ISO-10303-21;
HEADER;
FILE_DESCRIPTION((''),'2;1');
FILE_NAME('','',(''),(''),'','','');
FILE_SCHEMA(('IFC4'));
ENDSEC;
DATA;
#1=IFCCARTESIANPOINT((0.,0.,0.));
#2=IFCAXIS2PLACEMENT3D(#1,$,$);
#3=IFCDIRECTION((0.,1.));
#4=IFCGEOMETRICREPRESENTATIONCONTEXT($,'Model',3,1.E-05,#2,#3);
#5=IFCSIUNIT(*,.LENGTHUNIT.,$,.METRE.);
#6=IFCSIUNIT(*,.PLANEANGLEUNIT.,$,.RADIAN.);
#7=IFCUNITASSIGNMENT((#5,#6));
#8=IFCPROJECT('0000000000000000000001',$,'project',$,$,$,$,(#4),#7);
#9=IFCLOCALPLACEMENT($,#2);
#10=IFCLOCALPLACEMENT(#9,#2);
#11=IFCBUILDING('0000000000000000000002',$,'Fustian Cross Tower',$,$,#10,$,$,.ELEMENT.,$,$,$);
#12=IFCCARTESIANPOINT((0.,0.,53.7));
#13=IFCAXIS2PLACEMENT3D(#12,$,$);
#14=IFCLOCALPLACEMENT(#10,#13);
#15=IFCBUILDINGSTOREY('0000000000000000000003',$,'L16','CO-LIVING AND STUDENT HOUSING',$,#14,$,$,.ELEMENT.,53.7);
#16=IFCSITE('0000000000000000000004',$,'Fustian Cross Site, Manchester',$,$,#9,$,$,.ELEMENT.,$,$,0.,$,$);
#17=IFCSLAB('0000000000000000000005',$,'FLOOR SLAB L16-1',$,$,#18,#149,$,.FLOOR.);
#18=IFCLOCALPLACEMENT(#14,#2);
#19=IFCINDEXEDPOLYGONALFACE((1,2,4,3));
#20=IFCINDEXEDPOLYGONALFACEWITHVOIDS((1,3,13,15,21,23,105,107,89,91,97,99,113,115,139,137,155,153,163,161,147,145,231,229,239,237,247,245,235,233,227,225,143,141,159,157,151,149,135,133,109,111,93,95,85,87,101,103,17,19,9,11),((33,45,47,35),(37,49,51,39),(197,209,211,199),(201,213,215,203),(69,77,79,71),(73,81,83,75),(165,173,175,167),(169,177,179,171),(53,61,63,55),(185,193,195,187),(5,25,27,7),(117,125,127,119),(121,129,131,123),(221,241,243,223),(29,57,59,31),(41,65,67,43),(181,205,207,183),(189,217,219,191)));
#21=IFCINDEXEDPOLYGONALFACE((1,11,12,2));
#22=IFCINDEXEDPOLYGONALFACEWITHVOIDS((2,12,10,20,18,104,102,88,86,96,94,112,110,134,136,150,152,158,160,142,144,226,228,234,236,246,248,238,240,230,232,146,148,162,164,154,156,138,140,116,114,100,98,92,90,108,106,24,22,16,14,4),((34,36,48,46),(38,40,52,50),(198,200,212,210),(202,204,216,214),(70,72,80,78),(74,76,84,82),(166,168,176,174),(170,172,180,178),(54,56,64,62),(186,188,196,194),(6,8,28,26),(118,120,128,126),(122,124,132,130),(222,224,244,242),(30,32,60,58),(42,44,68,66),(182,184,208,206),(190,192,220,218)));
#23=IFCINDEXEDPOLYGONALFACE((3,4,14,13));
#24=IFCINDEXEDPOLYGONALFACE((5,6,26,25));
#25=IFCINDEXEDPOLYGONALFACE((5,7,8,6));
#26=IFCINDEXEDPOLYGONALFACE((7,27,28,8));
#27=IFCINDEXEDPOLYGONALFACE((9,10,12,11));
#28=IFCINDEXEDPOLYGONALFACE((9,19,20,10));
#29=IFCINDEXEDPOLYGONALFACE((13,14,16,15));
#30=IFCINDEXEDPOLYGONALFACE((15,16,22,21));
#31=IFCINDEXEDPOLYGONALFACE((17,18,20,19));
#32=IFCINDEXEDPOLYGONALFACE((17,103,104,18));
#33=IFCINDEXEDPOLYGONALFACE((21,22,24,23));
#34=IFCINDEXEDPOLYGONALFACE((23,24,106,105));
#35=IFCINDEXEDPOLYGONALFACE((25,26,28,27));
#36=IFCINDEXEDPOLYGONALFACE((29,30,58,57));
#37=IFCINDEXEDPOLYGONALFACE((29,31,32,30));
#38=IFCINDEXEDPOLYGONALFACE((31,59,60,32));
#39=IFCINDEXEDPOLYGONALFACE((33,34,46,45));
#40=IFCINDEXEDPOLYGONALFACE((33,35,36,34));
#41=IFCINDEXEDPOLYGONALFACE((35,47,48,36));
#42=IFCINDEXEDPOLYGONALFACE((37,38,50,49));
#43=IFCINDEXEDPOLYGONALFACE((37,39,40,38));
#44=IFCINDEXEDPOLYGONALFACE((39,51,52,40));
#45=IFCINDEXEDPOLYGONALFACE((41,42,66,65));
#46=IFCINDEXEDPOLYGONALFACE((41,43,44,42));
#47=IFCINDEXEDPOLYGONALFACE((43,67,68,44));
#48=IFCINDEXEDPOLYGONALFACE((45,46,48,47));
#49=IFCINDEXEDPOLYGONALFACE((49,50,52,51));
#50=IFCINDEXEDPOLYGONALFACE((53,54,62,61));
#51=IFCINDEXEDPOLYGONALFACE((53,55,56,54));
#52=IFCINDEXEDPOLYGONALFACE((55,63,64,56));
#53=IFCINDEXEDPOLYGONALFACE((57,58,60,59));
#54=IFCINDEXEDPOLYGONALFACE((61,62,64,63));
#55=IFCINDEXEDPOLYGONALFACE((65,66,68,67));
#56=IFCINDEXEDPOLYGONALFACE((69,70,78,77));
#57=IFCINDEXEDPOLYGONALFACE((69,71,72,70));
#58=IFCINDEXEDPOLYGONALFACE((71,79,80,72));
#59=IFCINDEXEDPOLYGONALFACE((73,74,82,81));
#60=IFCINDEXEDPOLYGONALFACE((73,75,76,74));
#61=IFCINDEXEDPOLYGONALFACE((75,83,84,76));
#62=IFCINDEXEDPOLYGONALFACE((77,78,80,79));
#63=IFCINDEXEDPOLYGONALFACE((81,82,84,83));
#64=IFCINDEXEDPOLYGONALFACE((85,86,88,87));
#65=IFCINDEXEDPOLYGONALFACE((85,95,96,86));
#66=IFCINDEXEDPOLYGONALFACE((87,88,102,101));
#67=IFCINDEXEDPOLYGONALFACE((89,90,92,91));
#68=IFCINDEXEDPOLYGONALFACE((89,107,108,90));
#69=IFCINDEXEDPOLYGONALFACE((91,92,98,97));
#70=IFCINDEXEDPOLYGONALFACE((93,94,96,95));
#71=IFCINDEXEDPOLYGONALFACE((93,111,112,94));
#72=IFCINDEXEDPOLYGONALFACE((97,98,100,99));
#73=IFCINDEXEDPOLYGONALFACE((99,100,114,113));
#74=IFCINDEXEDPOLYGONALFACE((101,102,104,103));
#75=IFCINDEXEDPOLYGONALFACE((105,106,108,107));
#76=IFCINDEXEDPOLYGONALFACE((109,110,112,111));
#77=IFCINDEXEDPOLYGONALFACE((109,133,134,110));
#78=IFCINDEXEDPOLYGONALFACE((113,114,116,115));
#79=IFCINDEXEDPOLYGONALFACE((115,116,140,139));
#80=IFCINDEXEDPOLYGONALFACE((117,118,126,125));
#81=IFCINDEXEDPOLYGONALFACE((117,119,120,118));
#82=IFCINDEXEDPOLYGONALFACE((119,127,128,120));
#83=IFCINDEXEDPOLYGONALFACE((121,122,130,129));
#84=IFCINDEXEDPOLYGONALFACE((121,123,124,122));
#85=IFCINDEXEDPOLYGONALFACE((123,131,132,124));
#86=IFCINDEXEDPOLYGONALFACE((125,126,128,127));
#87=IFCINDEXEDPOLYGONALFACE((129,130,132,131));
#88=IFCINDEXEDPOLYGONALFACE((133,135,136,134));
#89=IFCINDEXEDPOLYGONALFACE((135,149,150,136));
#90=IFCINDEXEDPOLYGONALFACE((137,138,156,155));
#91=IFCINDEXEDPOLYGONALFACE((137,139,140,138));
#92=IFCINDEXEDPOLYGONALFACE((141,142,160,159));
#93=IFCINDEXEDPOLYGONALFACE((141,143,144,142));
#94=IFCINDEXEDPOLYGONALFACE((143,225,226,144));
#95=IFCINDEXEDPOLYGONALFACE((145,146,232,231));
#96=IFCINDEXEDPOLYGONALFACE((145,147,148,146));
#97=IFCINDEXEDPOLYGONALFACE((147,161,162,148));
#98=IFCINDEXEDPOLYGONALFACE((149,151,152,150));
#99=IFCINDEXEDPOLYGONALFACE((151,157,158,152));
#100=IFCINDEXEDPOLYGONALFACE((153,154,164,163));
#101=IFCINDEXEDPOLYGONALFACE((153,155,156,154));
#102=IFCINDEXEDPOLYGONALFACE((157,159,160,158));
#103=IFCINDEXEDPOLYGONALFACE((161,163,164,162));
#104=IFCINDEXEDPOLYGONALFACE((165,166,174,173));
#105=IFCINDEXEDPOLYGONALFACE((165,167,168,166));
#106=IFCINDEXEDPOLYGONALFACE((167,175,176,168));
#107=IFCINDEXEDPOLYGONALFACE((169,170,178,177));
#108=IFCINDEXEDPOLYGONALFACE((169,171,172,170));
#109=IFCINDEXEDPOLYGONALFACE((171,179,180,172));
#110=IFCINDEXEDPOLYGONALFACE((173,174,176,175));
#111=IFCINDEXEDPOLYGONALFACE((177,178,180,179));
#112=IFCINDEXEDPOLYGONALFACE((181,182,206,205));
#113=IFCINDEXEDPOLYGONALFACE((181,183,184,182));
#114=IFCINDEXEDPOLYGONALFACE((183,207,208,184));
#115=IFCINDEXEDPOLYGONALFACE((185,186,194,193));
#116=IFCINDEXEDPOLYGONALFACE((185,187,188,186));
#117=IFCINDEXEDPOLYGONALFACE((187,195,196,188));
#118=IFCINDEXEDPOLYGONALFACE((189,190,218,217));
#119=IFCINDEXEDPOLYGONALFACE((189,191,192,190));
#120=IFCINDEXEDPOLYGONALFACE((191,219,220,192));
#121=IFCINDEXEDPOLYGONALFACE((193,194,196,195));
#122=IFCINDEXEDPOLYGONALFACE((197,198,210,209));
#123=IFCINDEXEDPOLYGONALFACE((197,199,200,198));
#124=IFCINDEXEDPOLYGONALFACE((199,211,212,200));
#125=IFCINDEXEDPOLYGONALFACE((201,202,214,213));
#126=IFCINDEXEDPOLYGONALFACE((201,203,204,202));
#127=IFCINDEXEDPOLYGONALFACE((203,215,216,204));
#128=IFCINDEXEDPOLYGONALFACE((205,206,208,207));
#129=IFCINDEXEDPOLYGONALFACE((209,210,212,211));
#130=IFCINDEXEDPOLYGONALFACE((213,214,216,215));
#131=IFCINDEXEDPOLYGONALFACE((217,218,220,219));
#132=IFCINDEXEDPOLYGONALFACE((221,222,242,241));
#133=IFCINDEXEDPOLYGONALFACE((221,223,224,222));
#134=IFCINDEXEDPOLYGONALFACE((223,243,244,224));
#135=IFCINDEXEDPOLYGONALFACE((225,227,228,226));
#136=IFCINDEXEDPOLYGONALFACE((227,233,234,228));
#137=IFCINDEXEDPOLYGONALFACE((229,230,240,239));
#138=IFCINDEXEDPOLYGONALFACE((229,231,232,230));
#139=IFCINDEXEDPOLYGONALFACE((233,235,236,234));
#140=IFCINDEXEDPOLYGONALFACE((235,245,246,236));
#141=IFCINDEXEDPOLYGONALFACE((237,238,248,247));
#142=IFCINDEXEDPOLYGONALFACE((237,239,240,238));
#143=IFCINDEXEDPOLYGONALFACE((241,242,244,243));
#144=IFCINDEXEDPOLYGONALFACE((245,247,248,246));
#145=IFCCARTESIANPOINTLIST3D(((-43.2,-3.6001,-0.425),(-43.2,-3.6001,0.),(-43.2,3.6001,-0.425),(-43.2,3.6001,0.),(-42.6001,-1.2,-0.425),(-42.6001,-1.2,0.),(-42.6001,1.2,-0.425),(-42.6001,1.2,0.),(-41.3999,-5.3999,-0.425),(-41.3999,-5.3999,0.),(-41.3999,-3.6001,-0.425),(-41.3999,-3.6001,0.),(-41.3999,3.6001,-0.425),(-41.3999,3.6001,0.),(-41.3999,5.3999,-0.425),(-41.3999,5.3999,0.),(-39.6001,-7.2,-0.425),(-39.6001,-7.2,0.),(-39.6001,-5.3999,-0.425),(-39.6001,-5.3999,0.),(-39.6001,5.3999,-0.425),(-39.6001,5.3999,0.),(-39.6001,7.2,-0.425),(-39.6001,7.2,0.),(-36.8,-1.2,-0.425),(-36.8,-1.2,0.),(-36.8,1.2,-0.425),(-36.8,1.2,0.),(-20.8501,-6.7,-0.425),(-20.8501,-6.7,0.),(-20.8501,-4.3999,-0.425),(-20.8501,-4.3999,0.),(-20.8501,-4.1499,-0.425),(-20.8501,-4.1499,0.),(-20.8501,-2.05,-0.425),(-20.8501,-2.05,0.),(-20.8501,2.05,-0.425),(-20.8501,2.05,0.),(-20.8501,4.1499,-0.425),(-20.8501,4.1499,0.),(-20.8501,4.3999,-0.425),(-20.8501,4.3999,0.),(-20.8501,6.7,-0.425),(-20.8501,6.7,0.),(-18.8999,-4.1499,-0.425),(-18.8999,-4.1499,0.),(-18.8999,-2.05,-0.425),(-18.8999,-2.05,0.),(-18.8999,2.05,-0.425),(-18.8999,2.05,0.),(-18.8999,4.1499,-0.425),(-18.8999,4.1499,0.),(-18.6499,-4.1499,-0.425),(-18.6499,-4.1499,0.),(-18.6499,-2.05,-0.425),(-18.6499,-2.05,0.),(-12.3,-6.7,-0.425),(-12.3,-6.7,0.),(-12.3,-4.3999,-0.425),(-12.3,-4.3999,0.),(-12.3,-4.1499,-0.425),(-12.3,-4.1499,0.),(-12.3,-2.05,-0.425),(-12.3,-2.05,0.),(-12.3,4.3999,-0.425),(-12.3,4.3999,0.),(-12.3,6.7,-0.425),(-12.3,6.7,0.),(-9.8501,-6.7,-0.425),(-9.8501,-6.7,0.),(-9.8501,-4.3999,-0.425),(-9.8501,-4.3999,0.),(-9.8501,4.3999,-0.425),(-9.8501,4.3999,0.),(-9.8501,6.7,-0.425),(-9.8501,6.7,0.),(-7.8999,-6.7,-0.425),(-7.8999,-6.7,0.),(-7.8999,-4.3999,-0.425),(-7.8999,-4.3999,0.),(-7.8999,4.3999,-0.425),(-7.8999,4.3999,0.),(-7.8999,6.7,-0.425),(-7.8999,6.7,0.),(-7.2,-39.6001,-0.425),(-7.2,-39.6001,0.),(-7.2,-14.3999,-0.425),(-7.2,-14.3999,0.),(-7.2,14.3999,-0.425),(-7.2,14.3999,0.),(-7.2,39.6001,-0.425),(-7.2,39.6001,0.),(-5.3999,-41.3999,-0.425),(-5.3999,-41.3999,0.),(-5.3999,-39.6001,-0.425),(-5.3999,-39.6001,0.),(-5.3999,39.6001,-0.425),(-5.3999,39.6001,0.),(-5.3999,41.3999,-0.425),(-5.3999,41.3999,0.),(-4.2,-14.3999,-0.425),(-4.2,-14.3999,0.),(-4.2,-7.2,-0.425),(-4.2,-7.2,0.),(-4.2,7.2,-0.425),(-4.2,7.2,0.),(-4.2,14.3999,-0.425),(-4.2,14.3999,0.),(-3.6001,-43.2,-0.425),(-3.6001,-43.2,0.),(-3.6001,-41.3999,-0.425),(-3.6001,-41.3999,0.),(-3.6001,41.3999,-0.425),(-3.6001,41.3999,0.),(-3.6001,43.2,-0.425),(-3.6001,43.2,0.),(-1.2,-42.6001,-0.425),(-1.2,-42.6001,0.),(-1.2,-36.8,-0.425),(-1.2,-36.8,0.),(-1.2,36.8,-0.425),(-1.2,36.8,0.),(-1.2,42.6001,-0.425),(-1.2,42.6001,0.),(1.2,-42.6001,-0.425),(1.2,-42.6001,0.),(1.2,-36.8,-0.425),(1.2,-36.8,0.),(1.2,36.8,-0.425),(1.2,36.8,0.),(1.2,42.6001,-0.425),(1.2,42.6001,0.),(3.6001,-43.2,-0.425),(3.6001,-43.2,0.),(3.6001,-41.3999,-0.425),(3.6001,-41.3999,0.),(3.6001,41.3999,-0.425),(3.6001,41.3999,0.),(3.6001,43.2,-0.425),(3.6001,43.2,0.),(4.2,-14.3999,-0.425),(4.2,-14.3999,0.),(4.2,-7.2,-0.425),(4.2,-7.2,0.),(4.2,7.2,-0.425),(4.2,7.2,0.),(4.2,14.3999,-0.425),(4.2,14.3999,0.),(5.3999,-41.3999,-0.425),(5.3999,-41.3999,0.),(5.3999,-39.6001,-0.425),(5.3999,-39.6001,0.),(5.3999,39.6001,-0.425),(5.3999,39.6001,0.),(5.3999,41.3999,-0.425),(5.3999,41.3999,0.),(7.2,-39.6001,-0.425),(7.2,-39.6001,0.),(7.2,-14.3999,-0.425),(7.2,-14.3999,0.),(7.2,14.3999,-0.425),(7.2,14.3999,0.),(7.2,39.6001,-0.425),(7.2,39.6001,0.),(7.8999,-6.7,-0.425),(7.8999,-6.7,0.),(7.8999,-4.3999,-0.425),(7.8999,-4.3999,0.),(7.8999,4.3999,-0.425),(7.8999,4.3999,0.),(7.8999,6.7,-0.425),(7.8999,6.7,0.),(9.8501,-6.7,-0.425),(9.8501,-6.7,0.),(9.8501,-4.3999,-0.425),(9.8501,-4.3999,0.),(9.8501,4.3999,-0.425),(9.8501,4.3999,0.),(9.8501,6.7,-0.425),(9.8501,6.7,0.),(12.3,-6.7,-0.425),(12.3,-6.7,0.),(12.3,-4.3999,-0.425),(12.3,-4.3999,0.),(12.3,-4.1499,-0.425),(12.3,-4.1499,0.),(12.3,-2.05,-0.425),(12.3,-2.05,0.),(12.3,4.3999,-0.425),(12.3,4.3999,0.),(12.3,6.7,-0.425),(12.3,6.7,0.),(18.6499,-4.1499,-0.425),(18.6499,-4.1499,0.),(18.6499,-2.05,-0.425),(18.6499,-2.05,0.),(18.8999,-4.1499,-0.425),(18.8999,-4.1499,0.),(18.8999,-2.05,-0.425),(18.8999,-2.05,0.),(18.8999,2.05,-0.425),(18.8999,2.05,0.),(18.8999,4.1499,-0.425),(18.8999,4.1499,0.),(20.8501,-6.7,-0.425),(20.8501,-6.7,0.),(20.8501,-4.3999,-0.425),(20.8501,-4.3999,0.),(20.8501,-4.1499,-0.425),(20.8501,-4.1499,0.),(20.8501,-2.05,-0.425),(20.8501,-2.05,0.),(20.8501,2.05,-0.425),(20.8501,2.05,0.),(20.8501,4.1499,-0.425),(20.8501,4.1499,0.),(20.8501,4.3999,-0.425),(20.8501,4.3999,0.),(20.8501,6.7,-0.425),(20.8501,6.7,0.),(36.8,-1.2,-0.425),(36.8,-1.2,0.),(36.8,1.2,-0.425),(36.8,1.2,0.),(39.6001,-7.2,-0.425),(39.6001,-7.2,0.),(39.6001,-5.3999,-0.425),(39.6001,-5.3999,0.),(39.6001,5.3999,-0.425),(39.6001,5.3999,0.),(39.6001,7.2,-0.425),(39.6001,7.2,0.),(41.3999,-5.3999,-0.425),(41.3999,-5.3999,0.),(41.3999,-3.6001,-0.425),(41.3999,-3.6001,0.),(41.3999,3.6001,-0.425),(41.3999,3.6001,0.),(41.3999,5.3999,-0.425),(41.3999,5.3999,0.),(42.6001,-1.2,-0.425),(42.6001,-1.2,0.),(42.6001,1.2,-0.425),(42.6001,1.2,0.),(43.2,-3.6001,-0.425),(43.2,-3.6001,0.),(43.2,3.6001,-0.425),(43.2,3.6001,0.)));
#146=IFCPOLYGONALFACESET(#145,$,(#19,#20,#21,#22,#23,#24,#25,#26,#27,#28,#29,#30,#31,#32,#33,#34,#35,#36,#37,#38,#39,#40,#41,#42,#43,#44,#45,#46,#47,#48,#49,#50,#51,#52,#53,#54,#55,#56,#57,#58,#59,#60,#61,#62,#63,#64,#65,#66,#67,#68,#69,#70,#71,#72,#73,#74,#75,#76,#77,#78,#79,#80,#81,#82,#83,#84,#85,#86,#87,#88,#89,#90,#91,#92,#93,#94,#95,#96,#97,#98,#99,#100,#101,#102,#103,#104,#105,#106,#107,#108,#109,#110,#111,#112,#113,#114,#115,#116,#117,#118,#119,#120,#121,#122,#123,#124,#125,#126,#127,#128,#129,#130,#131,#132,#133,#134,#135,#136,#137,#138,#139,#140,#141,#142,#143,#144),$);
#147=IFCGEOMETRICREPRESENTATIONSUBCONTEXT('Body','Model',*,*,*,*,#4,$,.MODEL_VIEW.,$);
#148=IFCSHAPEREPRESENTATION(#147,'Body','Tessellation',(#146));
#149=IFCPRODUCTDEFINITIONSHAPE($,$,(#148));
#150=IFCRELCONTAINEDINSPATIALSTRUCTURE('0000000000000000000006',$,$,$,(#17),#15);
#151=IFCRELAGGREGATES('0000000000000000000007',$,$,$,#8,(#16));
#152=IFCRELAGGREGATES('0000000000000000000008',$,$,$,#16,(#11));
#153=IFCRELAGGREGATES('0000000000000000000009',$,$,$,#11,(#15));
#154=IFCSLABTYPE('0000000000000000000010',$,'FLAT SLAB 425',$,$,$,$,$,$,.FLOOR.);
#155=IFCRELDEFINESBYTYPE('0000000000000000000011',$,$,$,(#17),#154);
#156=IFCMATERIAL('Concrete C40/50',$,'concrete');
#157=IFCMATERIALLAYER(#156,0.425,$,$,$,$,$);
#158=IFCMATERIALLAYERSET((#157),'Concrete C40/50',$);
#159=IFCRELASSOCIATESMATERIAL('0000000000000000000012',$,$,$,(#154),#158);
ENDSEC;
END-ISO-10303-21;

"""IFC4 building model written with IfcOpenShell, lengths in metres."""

from ifc_helpers import new_model, si_unit, direction, frame, origin, place, context, subcontext, project, spatial, polyline, outline, extrude, material, layer, layer_set, type_object, element, save


model = new_model("IFC4")

# Units and contexts
model_context = context("Model", 3, precision=1e-05, world=origin(), true_north=direction((0.0, 1.0)))
body_context = subcontext(model_context, "Body", "Model", "MODEL_VIEW")
ifc_project = project(units=[si_unit("LENGTHUNIT", "METRE"), si_unit("PLANEANGLEUNIT", "RADIAN")], contexts=[model_context])

# Site, building, storey
site_placement = place(None, origin())
site = spatial("IfcSite", under=ifc_project, at=site_placement, Name="Fustian Cross Site, Manchester", CompositionType="ELEMENT", RefElevation=0.0)
building_placement = place(site_placement, origin())
building = spatial("IfcBuilding", under=site, at=building_placement, Name="Fustian Cross Tower", CompositionType="ELEMENT")
storey_placement = place(building_placement, frame((0.0, 0.0, 53.7)))
storey = spatial("IfcBuildingStorey", under=building, at=storey_placement, Name="L16", Description="CO-LIVING AND STUDENT HOUSING", CompositionType="ELEMENT", Elevation=53.7)

# Slab
ifc_material_1 = material(Name="Concrete C40/50", Category="concrete")
ifc_layer_1 = layer(ifc_material_1, 0.425)
ifc_layer_set_1 = layer_set([ifc_layer_1], Name="Concrete C40/50")
slab_type_1 = type_object("IfcSlabType", Name="FLAT SLAB 425", PredefinedType="FLOOR", material=ifc_layer_set_1)
slab_1_placement = place(storey_placement, frame((0.0, 0.0, -0.425)))
element("IfcSlab", 1, at=slab_1_placement, inside=storey, type_object=slab_type_1, Name="FLOOR SLAB L16-1", PredefinedType="FLOOR", context=body_context, shape_type="SweptSolid", body=[
    extrude(outline(polyline([(-4.2, -7.2), (-39.6001, -7.2), (-39.6001, -5.3999), (-41.3999, -5.3999), (-41.3999, -3.6001), (-43.2, -3.6001), (-43.2, 3.6001), (-41.3999, 3.6001), (-41.3999, 5.3999), (-39.6001, 5.3999), (-39.6001, 7.2), (-4.2, 7.2), (-4.2, 14.3999), (-7.2, 14.3999), (-7.2, 39.6001), (-5.3999, 39.6001), (-5.3999, 41.3999), (-3.6001, 41.3999), (-3.6001, 43.2), (3.6001, 43.2), (3.6001, 41.3999), (5.3999, 41.3999), (5.3999, 39.6001), (7.2, 39.6001), (7.2, 14.3999), (4.2, 14.3999), (4.2, 7.2), (39.6001, 7.2), (39.6001, 5.3999), (41.3999, 5.3999), (41.3999, 3.6001), (43.2, 3.6001), (43.2, -3.6001), (41.3999, -3.6001), (41.3999, -5.3999), (39.6001, -5.3999), (39.6001, -7.2), (4.2, -7.2), (4.2, -14.3999), (7.2, -14.3999), (7.2, -39.6001), (5.3999, -39.6001), (5.3999, -41.3999), (3.6001, -41.3999), (3.6001, -43.2), (-3.6001, -43.2), (-3.6001, -41.3999), (-5.3999, -41.3999), (-5.3999, -39.6001), (-7.2, -39.6001), (-7.2, -14.3999), (-4.2, -14.3999), (-4.2, -7.2)]), holes=[polyline([(18.8999, -2.05), (18.8999, -4.1499), (20.8501, -4.1499), (20.8501, -2.05), (18.8999, -2.05)]), polyline([(20.8501, 4.1499), (18.8999, 4.1499), (18.8999, 2.05), (20.8501, 2.05), (20.8501, 4.1499)]), polyline([(9.8501, 4.3999), (9.8501, 6.7), (7.8999, 6.7), (7.8999, 4.3999), (9.8501, 4.3999)]), polyline([(7.8999, -6.7), (9.8501, -6.7), (9.8501, -4.3999), (7.8999, -4.3999), (7.8999, -6.7)]), polyline([(-20.8501, -2.05), (-20.8501, -4.1499), (-18.8999, -4.1499), (-18.8999, -2.05), (-20.8501, -2.05)]), polyline([(-18.8999, 4.1499), (-20.8501, 4.1499), (-20.8501, 2.05), (-18.8999, 2.05), (-18.8999, 4.1499)]), polyline([(-7.8999, 4.3999), (-7.8999, 6.7), (-9.8501, 6.7), (-9.8501, 4.3999), (-7.8999, 4.3999)]), polyline([(-9.8501, -6.7), (-7.8999, -6.7), (-7.8999, -4.3999), (-9.8501, -4.3999), (-9.8501, -6.7)]), polyline([(12.3, -2.05), (12.3, -4.1499), (18.6499, -4.1499), (18.6499, -2.05), (12.3, -2.05)]), polyline([(-12.3, -2.05), (-18.6499, -2.05), (-18.6499, -4.1499), (-12.3, -4.1499), (-12.3, -2.05)]), polyline([(20.8501, 4.3999), (20.8501, 6.7), (12.3, 6.7), (12.3, 4.3999), (20.8501, 4.3999)]), polyline([(12.3, -6.7), (20.8501, -6.7), (20.8501, -4.3999), (12.3, -4.3999), (12.3, -6.7)]), polyline([(-20.8501, 6.7), (-20.8501, 4.3999), (-12.3, 4.3999), (-12.3, 6.7), (-20.8501, 6.7)]), polyline([(-12.3, -4.3999), (-20.8501, -4.3999), (-20.8501, -6.7), (-12.3, -6.7), (-12.3, -4.3999)]), polyline([(1.2, 36.8), (1.2, 42.6001), (-1.2, 42.6001), (-1.2, 36.8), (1.2, 36.8)]), polyline([(-1.2, -42.6001), (1.2, -42.6001), (1.2, -36.8), (-1.2, -36.8), (-1.2, -42.6001)]), polyline([(36.8, 1.2), (36.8, -1.2), (42.6001, -1.2), (42.6001, 1.2), (36.8, 1.2)]), polyline([(-36.8, 1.2), (-42.6001, 1.2), (-42.6001, -1.2), (-36.8, -1.2), (-36.8, 1.2)])]), origin(), (0.0, 0.0, 1.0), 0.425),
])

save(model, "model.ifc")
